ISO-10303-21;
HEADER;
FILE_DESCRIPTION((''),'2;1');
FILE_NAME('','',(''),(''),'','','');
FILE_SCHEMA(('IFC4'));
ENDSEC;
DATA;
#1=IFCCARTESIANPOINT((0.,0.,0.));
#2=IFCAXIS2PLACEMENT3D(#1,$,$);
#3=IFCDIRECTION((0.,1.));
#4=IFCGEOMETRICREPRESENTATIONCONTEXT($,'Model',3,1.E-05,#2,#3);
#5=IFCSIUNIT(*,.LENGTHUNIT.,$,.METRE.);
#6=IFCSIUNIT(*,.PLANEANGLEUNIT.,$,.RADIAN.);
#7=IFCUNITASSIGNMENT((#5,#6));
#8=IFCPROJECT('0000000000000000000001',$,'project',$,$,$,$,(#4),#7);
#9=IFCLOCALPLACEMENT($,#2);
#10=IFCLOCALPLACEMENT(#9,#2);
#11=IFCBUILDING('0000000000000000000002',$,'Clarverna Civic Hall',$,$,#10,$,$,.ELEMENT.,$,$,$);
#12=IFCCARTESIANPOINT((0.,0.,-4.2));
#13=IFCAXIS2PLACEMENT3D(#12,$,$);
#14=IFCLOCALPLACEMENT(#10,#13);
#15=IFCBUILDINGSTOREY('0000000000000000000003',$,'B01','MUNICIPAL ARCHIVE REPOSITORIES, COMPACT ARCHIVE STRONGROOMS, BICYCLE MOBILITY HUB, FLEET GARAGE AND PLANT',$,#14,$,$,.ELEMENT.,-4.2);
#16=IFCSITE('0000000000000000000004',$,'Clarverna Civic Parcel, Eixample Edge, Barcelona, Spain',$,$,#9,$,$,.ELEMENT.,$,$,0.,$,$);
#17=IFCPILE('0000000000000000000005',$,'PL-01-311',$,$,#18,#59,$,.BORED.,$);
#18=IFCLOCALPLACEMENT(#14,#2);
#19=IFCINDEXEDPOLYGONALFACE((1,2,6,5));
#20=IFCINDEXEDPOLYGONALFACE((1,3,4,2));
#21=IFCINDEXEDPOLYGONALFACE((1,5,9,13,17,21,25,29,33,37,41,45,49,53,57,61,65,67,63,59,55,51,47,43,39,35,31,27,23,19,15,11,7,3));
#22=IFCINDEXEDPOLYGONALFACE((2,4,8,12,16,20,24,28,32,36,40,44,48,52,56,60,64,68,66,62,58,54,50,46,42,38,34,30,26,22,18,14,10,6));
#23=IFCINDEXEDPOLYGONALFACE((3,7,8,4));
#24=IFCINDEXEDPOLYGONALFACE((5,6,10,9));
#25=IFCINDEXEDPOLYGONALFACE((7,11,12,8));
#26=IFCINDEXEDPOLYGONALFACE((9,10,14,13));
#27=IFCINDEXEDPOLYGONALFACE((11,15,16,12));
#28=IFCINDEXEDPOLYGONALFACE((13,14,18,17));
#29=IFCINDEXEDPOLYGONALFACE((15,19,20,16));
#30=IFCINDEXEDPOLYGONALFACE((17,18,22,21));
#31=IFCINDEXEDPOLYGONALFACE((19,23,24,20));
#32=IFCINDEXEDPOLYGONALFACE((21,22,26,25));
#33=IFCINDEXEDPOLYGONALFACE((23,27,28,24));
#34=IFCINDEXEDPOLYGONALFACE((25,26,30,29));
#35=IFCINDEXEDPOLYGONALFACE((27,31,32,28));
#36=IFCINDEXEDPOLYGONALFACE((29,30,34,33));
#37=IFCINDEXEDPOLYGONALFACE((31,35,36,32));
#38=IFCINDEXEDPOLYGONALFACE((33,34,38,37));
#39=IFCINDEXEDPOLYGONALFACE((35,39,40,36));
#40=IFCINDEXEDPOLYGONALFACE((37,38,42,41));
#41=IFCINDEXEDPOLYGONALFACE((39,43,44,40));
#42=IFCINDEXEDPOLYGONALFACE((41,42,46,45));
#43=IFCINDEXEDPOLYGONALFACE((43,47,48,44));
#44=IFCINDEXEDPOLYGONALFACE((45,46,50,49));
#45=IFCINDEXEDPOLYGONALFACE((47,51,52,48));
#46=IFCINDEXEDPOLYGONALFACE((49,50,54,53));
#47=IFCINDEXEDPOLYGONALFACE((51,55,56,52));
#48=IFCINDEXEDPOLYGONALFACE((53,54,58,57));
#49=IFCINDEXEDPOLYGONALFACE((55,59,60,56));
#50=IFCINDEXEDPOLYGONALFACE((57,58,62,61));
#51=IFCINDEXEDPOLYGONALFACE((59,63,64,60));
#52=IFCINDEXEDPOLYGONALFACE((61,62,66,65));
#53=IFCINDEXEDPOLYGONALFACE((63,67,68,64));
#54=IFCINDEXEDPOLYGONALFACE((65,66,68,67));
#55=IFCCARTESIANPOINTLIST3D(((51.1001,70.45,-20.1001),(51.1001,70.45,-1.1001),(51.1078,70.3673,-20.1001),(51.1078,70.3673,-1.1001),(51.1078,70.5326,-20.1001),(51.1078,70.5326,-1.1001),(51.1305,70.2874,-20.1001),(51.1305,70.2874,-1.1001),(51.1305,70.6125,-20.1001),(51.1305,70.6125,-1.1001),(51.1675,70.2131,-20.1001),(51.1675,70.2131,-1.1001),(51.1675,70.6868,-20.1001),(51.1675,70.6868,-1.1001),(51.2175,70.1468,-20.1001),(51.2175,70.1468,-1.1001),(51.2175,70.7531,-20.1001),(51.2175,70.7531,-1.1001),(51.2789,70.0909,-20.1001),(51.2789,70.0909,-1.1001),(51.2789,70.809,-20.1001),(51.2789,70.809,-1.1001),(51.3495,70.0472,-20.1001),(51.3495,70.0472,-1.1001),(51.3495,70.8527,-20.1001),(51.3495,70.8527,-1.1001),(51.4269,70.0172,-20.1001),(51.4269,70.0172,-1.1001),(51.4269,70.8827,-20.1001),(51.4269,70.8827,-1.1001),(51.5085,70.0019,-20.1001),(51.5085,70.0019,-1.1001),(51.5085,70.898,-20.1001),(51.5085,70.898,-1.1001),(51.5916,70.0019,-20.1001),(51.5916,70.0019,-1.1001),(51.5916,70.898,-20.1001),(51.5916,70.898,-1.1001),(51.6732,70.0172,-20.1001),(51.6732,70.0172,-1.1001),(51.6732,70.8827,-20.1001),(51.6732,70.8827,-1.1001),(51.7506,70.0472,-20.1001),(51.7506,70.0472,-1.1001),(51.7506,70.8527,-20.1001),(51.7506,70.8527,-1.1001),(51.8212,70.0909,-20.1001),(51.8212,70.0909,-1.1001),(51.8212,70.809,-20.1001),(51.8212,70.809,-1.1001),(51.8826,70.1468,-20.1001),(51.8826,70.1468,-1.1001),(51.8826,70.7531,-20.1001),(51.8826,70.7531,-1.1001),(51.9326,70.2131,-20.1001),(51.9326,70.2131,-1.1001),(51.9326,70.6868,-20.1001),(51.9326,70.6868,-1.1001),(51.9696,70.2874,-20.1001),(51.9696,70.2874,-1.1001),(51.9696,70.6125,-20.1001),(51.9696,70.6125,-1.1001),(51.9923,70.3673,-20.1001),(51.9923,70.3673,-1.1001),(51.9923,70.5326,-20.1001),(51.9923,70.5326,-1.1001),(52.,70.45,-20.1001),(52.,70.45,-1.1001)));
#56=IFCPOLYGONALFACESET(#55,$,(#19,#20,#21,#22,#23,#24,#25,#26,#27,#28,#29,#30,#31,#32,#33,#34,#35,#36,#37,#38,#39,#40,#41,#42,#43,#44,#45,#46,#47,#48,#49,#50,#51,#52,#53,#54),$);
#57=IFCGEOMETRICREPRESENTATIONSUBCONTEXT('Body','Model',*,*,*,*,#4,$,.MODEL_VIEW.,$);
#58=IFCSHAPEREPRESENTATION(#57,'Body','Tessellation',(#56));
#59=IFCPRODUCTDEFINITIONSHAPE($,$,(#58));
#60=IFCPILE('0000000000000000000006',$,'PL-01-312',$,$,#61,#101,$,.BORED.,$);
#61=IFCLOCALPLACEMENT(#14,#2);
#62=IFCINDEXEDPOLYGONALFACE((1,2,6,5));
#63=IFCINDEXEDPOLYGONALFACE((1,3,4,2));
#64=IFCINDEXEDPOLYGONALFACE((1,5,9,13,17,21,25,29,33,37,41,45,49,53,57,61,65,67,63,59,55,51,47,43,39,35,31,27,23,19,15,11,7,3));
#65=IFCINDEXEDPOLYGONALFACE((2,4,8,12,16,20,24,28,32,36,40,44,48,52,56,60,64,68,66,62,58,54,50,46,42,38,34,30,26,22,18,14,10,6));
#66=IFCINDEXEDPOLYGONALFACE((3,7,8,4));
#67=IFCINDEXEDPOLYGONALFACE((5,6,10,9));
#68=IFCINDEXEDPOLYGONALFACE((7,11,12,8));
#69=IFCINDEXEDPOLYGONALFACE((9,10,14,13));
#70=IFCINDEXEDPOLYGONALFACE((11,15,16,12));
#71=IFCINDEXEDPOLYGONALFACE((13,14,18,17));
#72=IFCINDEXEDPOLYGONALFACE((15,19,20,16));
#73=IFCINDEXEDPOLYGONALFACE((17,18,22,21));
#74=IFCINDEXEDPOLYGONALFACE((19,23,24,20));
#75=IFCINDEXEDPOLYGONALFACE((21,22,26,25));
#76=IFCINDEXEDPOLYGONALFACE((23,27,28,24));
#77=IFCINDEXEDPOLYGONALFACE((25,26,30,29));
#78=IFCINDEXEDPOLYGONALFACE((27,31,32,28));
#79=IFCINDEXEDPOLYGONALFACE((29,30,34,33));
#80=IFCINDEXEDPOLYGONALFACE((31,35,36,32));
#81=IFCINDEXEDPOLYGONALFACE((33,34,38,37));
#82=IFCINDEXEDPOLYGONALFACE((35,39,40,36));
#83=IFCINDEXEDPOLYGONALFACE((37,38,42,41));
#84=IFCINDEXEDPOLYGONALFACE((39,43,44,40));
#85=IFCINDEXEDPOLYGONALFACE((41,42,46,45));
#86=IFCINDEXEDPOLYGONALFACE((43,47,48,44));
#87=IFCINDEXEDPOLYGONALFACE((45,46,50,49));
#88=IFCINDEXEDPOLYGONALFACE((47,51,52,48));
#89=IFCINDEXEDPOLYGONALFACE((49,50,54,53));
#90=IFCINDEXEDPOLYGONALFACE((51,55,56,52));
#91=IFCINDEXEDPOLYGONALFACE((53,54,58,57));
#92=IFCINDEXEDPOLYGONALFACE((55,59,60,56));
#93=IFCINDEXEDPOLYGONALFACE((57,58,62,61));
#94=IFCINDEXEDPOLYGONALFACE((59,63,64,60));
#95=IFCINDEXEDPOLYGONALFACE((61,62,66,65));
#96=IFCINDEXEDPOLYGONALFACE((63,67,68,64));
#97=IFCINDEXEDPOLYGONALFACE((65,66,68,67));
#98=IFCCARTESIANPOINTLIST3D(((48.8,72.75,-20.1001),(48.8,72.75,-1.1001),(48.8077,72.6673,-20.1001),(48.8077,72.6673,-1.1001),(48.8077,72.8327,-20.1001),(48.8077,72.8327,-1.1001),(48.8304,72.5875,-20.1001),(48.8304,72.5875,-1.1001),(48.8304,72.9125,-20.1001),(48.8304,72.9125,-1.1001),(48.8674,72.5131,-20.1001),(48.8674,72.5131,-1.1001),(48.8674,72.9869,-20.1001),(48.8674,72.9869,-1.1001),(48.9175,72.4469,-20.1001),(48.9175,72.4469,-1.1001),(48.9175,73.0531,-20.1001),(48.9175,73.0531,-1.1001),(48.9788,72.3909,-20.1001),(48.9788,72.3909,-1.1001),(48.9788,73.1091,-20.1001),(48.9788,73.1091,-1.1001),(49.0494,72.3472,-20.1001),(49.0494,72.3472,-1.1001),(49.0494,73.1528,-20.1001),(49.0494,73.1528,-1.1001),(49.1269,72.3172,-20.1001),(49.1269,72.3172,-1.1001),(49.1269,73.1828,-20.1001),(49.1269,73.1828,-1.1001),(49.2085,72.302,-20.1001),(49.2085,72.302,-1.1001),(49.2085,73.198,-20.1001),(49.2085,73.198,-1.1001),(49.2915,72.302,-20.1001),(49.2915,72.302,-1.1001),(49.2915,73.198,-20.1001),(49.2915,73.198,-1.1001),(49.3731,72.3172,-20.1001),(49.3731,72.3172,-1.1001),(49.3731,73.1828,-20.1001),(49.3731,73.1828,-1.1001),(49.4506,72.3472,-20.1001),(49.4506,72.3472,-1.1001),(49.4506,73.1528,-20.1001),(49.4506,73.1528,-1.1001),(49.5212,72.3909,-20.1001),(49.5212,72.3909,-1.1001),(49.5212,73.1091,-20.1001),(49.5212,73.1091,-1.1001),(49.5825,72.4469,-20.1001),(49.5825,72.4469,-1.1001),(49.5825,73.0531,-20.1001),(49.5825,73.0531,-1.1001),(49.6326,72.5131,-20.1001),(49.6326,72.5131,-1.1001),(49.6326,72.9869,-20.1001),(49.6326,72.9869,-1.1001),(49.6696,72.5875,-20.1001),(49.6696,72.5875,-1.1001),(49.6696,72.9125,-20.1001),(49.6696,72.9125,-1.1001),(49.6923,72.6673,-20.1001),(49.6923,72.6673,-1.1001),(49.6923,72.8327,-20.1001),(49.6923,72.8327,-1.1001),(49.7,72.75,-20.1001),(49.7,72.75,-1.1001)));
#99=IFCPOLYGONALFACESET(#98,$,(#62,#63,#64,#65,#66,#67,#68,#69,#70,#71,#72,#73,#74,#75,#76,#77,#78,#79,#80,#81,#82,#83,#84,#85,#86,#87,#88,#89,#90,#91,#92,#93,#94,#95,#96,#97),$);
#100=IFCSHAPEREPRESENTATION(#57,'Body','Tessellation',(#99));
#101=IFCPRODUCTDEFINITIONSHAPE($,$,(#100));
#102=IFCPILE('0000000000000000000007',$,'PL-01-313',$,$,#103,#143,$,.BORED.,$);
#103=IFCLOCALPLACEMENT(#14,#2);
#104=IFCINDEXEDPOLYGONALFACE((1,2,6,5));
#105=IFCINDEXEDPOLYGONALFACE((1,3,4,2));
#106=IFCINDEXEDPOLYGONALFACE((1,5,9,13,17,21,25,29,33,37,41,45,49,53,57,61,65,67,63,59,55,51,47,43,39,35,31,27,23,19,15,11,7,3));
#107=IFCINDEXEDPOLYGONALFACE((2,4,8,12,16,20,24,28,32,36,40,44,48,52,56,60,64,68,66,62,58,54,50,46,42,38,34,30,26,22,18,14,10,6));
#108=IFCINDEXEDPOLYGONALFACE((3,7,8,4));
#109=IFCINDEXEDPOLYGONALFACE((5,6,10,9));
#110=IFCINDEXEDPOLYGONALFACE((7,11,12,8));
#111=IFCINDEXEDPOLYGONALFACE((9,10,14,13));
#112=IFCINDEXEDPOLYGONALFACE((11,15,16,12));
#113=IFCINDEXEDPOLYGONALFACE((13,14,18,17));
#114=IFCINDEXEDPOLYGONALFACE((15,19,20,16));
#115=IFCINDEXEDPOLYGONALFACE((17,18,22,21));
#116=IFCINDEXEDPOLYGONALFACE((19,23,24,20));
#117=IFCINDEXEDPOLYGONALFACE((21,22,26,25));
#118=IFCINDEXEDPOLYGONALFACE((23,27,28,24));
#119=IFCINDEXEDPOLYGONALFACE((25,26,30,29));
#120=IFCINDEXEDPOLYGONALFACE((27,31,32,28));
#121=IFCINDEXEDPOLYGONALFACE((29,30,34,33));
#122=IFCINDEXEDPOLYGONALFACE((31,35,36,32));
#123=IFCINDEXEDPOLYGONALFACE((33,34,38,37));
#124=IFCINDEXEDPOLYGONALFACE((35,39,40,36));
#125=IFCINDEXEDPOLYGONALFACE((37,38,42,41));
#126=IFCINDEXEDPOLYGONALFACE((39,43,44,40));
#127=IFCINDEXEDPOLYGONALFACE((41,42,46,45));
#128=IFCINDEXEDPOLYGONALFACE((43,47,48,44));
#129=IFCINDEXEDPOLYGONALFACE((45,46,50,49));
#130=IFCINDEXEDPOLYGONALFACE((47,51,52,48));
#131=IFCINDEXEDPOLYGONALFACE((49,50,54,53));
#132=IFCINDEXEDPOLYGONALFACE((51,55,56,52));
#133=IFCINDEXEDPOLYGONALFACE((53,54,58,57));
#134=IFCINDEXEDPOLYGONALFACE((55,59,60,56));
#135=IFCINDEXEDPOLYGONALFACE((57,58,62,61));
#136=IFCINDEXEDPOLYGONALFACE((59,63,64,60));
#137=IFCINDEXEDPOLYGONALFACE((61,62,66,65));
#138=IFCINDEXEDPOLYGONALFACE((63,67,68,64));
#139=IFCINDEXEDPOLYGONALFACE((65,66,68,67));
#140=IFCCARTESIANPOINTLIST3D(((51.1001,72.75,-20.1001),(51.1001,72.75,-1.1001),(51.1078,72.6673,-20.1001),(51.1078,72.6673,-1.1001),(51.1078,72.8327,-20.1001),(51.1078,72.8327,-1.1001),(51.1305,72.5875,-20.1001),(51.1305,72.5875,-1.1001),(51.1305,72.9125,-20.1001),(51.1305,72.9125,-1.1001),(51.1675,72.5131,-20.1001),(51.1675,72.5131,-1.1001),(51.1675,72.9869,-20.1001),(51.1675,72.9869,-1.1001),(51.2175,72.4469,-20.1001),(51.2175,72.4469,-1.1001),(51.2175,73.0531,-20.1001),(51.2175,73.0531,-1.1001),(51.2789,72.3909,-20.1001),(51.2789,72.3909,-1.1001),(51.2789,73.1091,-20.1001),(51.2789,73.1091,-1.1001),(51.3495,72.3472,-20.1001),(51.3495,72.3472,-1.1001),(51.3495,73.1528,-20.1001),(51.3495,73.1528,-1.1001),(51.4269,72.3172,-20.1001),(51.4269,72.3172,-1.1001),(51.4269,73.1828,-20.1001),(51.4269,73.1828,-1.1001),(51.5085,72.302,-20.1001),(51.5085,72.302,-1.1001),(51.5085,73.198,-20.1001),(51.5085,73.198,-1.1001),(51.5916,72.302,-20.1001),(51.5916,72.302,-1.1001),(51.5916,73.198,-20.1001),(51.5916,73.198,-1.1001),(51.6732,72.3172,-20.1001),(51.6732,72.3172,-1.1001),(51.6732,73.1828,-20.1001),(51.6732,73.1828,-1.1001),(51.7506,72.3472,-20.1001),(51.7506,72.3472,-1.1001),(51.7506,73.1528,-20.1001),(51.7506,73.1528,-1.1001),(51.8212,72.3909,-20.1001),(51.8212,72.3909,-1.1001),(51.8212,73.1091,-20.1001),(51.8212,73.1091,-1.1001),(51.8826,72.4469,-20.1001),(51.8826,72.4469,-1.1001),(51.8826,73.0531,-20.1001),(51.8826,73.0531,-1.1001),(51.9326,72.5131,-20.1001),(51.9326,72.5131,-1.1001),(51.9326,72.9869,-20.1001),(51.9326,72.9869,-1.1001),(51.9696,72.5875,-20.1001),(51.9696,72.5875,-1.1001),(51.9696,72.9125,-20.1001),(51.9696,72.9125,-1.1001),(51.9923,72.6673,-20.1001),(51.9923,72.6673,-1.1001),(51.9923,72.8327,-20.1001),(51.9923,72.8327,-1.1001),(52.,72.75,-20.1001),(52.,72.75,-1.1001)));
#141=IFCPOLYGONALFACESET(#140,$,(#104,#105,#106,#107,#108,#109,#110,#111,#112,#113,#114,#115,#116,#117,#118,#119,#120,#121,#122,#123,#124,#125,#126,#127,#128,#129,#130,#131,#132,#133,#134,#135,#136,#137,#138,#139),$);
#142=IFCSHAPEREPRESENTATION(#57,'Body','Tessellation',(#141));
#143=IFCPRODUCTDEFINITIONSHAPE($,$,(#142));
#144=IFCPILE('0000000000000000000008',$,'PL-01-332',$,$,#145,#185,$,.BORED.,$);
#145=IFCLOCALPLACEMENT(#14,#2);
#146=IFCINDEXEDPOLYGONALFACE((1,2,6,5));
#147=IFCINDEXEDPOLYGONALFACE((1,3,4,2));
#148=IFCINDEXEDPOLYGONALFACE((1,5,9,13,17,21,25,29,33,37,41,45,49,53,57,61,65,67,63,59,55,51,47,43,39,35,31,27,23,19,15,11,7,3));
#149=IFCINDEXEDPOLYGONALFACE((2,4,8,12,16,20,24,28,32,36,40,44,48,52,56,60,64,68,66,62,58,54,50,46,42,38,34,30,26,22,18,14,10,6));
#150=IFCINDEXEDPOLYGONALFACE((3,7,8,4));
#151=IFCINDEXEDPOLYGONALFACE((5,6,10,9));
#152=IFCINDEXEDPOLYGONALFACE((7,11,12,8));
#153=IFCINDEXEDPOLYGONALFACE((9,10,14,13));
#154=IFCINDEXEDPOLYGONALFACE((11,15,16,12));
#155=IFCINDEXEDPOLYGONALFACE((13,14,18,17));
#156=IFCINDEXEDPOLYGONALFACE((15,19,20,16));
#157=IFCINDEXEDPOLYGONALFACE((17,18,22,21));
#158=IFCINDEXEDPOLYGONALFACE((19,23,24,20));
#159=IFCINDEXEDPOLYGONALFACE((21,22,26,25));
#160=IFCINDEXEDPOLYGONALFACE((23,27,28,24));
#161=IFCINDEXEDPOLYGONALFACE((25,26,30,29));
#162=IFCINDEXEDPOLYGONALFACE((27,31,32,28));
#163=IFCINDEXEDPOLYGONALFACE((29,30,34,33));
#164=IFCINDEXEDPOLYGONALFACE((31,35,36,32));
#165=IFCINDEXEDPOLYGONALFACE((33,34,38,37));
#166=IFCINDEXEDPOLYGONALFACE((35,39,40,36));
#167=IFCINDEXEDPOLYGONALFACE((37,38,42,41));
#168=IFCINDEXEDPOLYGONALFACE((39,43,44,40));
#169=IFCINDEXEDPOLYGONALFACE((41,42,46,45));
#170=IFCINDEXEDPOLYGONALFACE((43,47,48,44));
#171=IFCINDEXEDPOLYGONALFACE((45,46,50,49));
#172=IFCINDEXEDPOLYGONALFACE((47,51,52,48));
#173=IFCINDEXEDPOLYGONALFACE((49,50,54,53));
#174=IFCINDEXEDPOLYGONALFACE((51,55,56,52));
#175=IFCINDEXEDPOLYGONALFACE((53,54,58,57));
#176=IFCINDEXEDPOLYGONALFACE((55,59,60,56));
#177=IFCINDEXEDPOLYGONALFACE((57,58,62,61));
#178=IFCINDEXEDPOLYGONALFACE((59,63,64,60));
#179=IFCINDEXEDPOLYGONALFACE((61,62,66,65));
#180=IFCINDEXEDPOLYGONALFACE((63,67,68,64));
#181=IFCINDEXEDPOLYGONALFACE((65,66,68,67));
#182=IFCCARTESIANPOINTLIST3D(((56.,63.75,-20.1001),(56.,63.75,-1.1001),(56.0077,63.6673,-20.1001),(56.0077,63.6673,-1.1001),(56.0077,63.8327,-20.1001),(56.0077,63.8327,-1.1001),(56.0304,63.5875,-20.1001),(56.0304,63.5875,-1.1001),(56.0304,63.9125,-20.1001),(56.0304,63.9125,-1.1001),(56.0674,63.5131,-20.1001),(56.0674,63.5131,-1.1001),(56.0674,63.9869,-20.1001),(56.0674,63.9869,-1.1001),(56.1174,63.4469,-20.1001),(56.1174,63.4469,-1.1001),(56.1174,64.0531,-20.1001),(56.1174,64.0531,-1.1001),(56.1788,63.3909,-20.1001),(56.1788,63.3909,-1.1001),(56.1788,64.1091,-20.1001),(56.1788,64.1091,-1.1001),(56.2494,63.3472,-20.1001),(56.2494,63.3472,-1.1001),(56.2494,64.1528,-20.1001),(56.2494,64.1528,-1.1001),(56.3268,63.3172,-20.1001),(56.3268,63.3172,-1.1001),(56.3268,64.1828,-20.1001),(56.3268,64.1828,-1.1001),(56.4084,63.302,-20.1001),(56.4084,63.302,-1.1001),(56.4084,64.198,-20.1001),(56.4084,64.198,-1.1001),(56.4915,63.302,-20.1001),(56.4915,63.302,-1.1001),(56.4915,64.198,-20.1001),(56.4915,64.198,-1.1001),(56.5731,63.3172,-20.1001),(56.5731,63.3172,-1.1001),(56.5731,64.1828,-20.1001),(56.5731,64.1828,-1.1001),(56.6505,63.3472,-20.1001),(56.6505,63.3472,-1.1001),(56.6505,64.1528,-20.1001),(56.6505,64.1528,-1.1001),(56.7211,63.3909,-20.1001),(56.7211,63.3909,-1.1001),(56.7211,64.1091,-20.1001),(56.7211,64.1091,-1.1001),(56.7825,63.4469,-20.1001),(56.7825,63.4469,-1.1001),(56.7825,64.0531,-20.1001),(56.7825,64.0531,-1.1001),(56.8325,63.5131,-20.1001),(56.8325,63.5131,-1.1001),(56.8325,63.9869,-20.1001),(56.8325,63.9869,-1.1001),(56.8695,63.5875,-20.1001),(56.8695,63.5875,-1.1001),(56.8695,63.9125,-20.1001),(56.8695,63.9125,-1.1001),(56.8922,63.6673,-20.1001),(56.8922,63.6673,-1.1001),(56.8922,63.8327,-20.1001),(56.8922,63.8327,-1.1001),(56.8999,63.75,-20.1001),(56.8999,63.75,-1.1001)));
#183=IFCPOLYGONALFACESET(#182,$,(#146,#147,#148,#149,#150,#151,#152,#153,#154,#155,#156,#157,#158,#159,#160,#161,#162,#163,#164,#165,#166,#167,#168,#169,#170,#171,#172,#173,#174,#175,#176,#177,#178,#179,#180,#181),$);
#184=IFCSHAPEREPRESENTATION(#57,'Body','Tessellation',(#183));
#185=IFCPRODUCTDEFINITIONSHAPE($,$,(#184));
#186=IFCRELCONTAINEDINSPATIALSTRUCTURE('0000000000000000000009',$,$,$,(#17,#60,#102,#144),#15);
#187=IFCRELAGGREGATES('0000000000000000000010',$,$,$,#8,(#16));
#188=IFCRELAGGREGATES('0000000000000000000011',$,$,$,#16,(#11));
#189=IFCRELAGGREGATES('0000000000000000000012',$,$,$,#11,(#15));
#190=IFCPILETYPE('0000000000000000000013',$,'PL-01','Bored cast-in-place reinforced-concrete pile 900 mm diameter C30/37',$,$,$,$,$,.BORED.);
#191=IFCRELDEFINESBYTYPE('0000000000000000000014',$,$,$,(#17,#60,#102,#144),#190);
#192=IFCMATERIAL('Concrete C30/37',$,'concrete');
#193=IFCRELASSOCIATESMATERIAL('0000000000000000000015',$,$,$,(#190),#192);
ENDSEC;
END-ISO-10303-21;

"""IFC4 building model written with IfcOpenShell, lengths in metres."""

from ifc_helpers import new_model, si_unit, direction, frame, origin, origin_2d, place, context, subcontext, project, spatial, circle, extrude, material, material_profile, profile_set, type_object, element, save


model = new_model("IFC4")

# Units and contexts
model_context = context("Model", 3, precision=1e-05, world=origin(), true_north=direction((0.0, 1.0)))
body_context = subcontext(model_context, "Body", "Model", "MODEL_VIEW")
ifc_project = project(units=[si_unit("LENGTHUNIT", "METRE"), si_unit("PLANEANGLEUNIT", "RADIAN")], contexts=[model_context])

# Site, building, storey
site_placement = place(None, origin())
site = spatial("IfcSite", under=ifc_project, at=site_placement, Name="Clarverna Civic Parcel, Eixample Edge, Barcelona, Spain", CompositionType="ELEMENT", RefElevation=0.0)
building_placement = place(site_placement, origin())
building = spatial("IfcBuilding", under=site, at=building_placement, Name="Clarverna Civic Hall", CompositionType="ELEMENT")
storey_placement = place(building_placement, frame((0.0, 0.0, -4.2)))
storey = spatial("IfcBuildingStorey", under=building, at=storey_placement, Name="B01", Description="MUNICIPAL ARCHIVE REPOSITORIES, COMPACT ARCHIVE STRONGROOMS, BICYCLE MOBILITY HUB, FLEET GARAGE AND PLANT", CompositionType="ELEMENT", Elevation=-4.2)

# Shared definitions
ifc_material_1 = material(Name="Concrete C30/37", Category="concrete")

# Piles
ifc_material_profile_1 = material_profile(ifc_material_1, circle(Radius=0.45, at=origin_2d()), Name="BORED PILE D900")
ifc_profile_set_1 = profile_set([ifc_material_profile_1], Name="Concrete C30/37")
pile_type = type_object("IfcPileType", Name="PL-01", Description="Bored cast-in-place reinforced-concrete pile 900 mm diameter C30/37", PredefinedType="BORED", material=ifc_profile_set_1)
for number, where, z_axis, x_axis, name in (
    (1, (51.55, 70.45, -1.1001), (0.0, 0.0, -1.0), (1.0, 0.0, 0.0), "PL-01-311"),
    (2, (49.25, 72.75, -1.1001), (0.0, 0.0, -1.0), (1.0, 0.0, 0.0), "PL-01-312"),
    (3, (51.55, 72.75, -1.1001), (0.0, 0.0, -1.0), (1.0, 0.0, 0.0), "PL-01-313"),
    (4, (56.45, 63.75, -1.1001), (0.0, 0.0, -1.0), (1.0, 0.0, 0.0), "PL-01-332"),
):
    element("IfcPile", number, at=place(storey_placement, frame(where, z_axis=z_axis, x_axis=x_axis)), inside=storey, type_object=pile_type, Name=name, PredefinedType="BORED", context=body_context, shape_type="SweptSolid", body=[
        extrude(circle(Radius=0.45, at=origin_2d()), origin(), (0.0, 0.0, 1.0), 19.0),
    ])

save(model, "model.ifc")
